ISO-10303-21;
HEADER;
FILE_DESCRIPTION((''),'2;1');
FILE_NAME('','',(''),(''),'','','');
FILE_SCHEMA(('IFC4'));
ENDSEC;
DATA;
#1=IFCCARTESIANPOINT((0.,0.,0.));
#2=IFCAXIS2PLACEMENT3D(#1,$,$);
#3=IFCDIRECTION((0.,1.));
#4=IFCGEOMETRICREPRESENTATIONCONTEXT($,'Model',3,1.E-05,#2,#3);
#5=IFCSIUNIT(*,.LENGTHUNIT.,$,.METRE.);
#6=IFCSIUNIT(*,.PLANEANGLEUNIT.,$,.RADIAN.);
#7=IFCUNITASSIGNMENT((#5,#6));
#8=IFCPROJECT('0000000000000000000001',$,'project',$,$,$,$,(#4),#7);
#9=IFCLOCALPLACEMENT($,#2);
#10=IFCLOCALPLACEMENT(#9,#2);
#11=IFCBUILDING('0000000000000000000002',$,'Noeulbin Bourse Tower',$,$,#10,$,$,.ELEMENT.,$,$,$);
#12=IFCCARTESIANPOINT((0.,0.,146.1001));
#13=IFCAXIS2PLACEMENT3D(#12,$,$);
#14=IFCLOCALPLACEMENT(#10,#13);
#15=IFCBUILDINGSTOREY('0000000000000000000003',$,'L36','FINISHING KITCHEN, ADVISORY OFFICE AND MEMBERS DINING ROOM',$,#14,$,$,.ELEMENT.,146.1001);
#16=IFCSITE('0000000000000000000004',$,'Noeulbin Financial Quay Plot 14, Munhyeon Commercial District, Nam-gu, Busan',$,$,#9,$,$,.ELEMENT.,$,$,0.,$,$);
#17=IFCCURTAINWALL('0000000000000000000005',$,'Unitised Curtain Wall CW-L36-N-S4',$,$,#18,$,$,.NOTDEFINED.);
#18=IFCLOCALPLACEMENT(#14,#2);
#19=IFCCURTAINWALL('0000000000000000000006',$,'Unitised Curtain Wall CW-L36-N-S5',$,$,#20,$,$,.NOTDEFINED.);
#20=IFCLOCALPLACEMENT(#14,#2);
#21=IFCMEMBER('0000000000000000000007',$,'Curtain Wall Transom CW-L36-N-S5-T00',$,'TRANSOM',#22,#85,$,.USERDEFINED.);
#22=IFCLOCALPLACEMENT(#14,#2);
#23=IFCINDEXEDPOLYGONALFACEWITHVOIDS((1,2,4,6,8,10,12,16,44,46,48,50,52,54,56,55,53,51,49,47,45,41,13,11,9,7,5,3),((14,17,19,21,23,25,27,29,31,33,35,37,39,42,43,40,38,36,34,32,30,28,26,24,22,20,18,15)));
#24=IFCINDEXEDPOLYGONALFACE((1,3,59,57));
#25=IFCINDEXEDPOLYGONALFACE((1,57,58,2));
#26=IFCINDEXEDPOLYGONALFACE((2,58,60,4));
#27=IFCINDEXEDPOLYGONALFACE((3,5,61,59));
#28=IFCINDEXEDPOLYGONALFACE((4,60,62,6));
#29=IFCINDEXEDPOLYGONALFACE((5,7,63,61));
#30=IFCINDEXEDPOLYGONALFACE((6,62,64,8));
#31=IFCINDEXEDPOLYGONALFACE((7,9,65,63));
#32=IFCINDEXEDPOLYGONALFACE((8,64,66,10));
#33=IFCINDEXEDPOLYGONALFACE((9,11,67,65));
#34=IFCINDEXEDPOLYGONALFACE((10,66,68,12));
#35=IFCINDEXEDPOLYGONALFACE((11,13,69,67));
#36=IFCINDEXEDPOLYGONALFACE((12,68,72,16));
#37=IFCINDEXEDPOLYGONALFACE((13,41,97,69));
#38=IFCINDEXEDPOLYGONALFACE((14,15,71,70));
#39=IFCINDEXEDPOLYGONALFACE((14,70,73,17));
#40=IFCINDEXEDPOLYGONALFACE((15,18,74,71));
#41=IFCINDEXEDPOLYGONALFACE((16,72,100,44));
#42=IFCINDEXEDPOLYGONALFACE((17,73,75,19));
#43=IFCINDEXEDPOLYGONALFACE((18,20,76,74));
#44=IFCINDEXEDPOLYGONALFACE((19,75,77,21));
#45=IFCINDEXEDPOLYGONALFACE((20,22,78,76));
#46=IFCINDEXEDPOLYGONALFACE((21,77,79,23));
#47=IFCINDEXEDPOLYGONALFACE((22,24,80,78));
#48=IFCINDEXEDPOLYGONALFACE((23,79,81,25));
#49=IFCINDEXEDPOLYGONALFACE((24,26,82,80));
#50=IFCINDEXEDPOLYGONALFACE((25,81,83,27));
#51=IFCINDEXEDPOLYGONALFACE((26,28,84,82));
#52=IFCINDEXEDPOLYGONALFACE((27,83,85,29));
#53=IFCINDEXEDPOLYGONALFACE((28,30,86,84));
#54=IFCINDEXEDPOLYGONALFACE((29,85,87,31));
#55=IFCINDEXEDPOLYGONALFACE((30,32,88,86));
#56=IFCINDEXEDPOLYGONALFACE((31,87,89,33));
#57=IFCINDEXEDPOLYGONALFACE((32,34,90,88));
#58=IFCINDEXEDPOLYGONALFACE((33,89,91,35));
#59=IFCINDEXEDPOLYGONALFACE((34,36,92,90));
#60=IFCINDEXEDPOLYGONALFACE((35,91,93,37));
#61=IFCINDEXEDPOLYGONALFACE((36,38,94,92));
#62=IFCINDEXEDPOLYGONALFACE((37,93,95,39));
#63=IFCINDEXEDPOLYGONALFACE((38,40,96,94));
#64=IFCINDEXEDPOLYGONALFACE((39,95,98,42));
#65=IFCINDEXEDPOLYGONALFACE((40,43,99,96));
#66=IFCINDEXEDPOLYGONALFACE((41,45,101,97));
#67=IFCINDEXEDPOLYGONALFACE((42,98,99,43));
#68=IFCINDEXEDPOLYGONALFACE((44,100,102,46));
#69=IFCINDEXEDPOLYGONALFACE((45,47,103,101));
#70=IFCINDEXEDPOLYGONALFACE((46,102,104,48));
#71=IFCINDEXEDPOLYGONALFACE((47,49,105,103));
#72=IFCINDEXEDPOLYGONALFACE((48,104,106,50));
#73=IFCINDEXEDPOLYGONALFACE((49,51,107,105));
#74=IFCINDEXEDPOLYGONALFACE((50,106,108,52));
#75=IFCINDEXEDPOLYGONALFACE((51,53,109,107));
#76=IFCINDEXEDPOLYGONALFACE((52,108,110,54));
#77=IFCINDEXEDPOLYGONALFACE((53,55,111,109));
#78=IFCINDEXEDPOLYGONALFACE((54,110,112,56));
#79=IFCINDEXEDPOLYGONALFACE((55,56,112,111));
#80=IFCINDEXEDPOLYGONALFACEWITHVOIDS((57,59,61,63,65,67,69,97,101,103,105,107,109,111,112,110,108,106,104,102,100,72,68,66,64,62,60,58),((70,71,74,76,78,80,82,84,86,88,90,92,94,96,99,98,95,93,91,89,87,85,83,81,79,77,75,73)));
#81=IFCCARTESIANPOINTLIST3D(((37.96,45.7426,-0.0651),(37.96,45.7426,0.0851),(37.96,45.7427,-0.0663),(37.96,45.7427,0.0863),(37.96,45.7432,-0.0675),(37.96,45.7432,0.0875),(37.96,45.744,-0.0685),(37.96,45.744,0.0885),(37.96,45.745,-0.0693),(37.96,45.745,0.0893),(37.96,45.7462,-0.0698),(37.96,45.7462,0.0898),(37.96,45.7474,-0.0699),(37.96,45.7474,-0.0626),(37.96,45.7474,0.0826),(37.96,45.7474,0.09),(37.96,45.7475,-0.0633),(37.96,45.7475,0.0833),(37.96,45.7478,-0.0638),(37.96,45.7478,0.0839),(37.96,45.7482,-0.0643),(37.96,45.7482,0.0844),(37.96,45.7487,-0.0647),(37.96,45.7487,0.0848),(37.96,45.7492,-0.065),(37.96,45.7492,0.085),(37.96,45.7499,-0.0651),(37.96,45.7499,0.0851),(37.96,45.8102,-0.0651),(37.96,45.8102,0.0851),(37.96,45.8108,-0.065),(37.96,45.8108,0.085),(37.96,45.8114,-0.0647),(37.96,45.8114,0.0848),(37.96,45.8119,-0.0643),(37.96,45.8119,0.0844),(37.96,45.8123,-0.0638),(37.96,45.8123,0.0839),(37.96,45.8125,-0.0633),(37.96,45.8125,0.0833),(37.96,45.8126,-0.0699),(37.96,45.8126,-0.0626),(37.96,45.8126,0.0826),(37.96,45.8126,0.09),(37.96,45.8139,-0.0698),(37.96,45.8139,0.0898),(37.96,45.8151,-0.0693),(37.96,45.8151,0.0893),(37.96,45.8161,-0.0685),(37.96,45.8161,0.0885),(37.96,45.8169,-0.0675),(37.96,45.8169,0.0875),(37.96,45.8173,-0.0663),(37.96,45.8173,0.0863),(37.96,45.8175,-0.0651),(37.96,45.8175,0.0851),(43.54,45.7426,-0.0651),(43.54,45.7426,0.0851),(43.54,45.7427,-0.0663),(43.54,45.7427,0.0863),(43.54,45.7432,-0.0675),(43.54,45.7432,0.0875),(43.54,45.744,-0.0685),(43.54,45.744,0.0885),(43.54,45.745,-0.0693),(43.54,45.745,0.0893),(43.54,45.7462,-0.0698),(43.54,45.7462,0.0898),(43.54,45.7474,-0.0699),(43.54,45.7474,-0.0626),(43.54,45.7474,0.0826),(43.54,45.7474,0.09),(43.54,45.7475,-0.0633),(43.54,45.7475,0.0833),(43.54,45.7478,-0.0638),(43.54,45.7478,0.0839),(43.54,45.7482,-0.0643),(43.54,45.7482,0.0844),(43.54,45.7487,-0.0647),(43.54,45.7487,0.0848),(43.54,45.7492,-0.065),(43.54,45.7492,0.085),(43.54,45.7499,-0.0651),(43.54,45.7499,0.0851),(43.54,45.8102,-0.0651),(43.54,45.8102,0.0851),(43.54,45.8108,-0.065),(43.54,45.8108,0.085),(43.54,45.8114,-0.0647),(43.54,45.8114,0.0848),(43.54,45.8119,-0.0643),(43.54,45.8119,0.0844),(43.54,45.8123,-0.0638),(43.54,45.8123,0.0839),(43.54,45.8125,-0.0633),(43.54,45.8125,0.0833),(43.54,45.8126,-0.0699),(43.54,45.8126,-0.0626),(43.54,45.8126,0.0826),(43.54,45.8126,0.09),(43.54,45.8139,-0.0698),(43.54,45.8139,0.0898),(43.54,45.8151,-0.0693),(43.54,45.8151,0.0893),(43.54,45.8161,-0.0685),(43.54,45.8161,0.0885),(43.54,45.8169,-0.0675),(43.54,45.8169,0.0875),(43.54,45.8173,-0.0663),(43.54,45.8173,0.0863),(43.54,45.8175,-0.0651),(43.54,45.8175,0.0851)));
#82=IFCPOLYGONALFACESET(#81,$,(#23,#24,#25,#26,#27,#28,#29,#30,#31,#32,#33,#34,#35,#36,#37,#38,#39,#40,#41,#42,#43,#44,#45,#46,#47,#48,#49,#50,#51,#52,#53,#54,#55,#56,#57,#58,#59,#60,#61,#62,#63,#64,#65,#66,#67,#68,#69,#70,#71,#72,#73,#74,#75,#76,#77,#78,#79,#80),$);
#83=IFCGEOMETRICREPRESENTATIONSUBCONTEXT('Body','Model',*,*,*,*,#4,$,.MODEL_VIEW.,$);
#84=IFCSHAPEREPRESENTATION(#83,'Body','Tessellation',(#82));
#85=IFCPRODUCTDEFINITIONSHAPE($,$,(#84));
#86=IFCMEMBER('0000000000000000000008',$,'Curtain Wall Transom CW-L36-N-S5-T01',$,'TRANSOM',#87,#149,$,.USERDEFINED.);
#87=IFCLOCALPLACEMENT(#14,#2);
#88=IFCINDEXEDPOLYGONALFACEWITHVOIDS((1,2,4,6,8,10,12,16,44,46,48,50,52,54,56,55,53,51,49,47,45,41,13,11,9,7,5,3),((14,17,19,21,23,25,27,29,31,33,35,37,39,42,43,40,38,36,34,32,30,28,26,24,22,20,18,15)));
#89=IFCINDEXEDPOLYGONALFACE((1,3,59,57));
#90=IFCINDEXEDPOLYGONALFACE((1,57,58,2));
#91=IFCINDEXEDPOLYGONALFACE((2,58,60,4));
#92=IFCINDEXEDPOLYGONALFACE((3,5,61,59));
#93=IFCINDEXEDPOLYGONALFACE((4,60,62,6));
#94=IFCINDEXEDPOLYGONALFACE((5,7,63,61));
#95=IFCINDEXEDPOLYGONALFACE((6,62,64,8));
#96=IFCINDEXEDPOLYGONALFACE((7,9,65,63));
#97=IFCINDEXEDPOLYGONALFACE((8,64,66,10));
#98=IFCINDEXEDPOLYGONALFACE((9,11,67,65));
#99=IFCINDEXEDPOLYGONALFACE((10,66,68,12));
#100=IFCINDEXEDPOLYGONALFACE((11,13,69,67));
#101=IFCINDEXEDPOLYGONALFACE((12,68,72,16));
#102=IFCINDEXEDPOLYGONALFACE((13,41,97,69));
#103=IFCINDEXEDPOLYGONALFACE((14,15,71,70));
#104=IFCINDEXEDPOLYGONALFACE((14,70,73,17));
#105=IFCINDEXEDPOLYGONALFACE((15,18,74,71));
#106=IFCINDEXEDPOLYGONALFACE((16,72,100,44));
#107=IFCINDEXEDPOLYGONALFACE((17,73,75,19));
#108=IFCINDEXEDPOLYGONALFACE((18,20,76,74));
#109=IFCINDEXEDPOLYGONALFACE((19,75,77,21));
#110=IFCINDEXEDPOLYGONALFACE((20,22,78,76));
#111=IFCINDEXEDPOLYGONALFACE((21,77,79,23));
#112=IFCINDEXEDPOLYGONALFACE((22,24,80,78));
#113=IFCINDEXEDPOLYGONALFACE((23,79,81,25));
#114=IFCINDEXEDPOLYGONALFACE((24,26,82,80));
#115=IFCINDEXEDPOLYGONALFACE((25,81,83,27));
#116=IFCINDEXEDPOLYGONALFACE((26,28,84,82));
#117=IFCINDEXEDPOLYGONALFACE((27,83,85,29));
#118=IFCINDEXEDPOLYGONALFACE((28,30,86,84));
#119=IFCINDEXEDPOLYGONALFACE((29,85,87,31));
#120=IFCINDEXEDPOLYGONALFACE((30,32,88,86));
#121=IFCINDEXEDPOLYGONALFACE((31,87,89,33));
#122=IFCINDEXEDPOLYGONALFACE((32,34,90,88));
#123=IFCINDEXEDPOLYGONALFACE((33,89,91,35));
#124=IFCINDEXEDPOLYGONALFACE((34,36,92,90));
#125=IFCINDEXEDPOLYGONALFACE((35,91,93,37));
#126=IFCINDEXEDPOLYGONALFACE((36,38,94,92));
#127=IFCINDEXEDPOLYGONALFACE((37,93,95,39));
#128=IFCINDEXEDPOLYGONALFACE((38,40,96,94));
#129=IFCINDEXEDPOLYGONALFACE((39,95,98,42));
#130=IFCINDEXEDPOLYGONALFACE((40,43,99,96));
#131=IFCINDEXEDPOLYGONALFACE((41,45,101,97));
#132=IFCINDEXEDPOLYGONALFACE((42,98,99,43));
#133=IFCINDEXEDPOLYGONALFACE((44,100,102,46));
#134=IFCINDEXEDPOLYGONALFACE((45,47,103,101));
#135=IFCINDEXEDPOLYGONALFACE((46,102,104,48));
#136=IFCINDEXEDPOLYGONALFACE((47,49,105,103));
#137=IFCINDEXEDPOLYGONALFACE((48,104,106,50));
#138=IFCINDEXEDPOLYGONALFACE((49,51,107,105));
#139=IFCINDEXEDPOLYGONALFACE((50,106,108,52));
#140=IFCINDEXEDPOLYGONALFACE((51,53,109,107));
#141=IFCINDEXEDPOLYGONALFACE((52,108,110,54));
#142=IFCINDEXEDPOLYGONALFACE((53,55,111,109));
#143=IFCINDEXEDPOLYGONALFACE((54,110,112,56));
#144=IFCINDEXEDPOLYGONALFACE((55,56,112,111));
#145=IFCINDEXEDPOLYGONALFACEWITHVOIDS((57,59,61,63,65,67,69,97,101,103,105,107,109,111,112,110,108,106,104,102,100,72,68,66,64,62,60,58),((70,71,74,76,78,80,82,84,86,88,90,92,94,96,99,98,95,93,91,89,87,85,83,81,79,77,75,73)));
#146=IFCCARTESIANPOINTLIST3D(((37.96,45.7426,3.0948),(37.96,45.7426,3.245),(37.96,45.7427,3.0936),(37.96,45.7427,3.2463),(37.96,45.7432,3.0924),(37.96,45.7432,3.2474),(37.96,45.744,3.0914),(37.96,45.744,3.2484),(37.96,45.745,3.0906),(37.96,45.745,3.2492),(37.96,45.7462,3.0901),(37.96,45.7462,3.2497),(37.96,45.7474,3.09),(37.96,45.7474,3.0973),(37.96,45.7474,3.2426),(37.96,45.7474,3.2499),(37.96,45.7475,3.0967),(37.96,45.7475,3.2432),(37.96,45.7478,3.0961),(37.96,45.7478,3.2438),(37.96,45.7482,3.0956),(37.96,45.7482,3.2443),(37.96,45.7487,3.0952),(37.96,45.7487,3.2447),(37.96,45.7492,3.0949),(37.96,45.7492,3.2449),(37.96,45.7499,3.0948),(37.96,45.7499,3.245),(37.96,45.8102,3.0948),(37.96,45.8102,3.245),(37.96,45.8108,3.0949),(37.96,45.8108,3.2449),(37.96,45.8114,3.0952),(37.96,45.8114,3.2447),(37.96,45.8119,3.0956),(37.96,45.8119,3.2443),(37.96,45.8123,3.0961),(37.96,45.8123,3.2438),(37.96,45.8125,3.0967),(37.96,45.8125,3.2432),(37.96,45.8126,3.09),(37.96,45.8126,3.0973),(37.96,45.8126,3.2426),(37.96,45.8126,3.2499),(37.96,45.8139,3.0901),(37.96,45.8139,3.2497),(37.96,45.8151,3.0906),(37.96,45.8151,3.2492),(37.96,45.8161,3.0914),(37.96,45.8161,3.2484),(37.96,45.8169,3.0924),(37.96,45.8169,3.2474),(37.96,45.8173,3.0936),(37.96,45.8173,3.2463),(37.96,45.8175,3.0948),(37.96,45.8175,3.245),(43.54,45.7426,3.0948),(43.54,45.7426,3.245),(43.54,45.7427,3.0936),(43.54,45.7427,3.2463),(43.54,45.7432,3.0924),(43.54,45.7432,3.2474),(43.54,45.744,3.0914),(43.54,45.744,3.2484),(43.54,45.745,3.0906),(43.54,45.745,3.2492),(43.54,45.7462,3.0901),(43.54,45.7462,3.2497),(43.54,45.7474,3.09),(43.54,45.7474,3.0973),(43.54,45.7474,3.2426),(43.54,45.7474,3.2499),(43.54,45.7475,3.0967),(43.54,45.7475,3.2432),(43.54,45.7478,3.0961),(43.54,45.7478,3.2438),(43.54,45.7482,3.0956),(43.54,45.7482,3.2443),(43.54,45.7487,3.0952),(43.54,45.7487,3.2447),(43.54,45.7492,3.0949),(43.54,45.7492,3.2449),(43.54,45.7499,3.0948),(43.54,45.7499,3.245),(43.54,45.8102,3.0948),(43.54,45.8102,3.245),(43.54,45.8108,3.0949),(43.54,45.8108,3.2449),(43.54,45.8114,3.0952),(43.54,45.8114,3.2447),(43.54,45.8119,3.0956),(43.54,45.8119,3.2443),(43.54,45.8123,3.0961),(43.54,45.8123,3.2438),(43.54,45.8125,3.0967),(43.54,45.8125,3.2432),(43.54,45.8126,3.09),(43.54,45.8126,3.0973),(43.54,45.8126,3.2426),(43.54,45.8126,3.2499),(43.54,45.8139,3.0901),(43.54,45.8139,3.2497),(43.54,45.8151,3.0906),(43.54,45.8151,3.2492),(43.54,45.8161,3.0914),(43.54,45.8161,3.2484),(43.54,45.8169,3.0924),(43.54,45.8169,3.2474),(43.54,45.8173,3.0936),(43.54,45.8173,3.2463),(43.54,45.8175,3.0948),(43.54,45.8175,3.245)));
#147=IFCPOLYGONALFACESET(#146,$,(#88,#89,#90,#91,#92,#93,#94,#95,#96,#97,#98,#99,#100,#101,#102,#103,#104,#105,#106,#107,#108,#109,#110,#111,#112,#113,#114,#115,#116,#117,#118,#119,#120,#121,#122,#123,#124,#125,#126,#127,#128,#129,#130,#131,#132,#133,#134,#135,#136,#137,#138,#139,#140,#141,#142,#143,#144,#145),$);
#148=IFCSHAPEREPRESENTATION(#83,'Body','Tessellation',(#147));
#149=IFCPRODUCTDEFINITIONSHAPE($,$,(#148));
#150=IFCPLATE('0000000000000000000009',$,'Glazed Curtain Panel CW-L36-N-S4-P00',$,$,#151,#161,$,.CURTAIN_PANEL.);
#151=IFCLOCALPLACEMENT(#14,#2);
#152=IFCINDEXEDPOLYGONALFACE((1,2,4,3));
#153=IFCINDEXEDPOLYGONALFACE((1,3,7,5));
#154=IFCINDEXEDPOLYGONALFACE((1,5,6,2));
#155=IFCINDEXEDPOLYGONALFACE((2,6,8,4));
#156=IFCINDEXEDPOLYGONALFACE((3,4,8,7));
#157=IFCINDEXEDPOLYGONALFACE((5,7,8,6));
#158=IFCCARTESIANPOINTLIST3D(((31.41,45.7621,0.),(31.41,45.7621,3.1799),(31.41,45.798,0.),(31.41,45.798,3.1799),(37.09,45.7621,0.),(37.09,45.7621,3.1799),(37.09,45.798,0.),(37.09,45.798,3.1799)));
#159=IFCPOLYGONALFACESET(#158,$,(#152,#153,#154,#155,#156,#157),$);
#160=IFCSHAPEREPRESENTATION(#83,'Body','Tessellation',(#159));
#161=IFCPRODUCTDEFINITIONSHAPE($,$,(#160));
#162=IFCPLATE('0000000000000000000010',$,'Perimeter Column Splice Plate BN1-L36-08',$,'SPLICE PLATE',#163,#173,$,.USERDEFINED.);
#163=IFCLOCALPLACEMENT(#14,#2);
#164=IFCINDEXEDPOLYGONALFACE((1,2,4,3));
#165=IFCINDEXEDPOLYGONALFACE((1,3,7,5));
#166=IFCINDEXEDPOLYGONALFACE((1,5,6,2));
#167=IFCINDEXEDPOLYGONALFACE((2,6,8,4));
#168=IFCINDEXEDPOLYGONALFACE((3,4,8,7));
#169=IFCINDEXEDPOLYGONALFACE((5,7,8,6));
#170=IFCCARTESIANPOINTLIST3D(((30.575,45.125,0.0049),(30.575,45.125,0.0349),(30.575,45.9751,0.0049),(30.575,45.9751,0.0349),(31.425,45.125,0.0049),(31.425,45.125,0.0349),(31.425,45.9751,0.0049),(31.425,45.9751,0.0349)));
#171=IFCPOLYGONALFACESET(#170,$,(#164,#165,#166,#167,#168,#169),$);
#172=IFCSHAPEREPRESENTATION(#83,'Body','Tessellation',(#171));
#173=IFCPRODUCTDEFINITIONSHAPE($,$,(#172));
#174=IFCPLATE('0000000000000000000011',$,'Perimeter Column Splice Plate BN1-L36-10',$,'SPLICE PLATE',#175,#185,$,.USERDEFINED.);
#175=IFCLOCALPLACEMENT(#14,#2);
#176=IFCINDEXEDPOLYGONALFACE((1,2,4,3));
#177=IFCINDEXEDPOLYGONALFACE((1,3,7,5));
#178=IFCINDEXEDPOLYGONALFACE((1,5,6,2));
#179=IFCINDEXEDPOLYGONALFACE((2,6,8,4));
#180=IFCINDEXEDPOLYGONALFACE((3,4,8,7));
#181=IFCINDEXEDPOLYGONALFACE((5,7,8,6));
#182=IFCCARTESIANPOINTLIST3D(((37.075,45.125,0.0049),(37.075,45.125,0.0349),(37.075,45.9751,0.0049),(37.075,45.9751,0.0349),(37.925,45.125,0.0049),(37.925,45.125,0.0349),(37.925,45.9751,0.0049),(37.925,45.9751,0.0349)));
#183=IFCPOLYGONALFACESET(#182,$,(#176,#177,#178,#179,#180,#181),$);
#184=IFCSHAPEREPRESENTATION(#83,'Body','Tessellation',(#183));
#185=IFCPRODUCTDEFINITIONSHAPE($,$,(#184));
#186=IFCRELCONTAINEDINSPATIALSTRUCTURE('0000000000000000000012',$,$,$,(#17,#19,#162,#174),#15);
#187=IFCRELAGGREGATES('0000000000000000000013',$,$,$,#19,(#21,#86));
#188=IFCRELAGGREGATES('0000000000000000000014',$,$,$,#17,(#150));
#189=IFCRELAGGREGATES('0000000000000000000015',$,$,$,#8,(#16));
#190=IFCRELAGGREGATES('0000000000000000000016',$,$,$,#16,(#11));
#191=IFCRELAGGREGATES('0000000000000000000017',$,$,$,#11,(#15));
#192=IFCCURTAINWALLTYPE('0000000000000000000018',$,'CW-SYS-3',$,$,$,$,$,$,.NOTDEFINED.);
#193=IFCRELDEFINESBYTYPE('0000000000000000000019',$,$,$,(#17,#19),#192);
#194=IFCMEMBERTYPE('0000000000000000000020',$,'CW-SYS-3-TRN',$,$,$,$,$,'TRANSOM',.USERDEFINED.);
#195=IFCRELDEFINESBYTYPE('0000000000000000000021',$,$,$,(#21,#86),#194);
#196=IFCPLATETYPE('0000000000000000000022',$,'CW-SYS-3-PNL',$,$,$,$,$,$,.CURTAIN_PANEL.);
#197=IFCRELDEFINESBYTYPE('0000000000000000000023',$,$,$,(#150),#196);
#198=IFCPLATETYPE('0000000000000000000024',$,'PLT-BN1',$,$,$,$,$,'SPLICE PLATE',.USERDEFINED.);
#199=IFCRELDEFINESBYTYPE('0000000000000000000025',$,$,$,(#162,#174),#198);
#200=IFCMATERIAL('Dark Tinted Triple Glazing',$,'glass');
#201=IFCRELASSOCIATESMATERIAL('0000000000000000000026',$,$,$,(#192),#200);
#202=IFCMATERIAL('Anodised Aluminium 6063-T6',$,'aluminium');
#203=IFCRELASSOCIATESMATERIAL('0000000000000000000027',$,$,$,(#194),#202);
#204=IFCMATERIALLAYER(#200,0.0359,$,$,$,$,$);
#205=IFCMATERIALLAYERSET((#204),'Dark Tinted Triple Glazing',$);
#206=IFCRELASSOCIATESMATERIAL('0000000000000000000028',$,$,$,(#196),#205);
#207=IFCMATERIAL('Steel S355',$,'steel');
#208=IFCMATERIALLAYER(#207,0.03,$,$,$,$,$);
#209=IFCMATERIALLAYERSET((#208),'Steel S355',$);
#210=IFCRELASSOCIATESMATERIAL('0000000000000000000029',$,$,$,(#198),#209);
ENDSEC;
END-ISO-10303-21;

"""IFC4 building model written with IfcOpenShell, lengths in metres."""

from ifc_helpers import new_model, si_unit, direction, frame, origin, origin_2d, place, context, subcontext, project, spatial, rectangle, hollow_rectangle, extrude, material, layer, layer_set, material_profile, profile_set, type_object, element, aggregate, save


model = new_model("IFC4")

# Units and contexts
model_context = context("Model", 3, precision=1e-05, world=origin(), true_north=direction((0.0, 1.0)))
body_context = subcontext(model_context, "Body", "Model", "MODEL_VIEW")
ifc_project = project(units=[si_unit("LENGTHUNIT", "METRE"), si_unit("PLANEANGLEUNIT", "RADIAN")], contexts=[model_context])

# Site, building, storey
site_placement = place(None, origin())
site = spatial("IfcSite", under=ifc_project, at=site_placement, Name="Noeulbin Financial Quay Plot 14, Munhyeon Commercial District, Nam-gu, Busan", CompositionType="ELEMENT", RefElevation=0.0)
building_placement = place(site_placement, origin())
building = spatial("IfcBuilding", under=site, at=building_placement, Name="Noeulbin Bourse Tower", CompositionType="ELEMENT")
storey_placement = place(building_placement, frame((0.0, 0.0, 146.1001)))
storey = spatial("IfcBuildingStorey", under=building, at=storey_placement, Name="L36", Description="FINISHING KITCHEN, ADVISORY OFFICE AND MEMBERS DINING ROOM", CompositionType="ELEMENT", Elevation=146.1001)

# Shared definitions
ifc_material_1 = material(Name="Steel S355", Category="steel")

# Shared definitions
ifc_material_2 = material(Name="Dark Tinted Triple Glazing", Category="glass")
curtain_wall_type = type_object("IfcCurtainWallType", Name="CW-SYS-3", PredefinedType="NOTDEFINED", material=ifc_material_2)
ifc_material_3 = material(Name="Anodised Aluminium 6063-T6", Category="aluminium")

# Curtain wall
curtain_wall_1_placement = place(storey_placement, origin())
curtain_wall_1 = element("IfcCurtainWall", 1, at=curtain_wall_1_placement, inside=storey, type_object=curtain_wall_type, Name="Unitised Curtain Wall CW-L36-N-S4", PredefinedType="NOTDEFINED")

# Curtain wall
curtain_wall_2_placement = place(storey_placement, origin())
curtain_wall_2 = element("IfcCurtainWall", 2, at=curtain_wall_2_placement, inside=storey, type_object=curtain_wall_type, Name="Unitised Curtain Wall CW-L36-N-S5", PredefinedType="NOTDEFINED")

# Members
ifc_material_profile_1 = material_profile(ifc_material_3, hollow_rectangle(XDim=0.075, YDim=0.1599, WallThickness=0.0049, InnerFilletRadius=0.0024, OuterFilletRadius=0.0049, at=origin_2d()), Name="ALU-TRAN-75x160x5", Category="LoadBearing")
ifc_profile_set_1 = profile_set([ifc_material_profile_1], Name="Anodised Aluminium 6063-T6")
member_type_1 = type_object("IfcMemberType", Name="CW-SYS-3-TRN", ElementType="TRANSOM", PredefinedType="USERDEFINED", material=ifc_profile_set_1)
member_1_placement = place(storey_placement, frame((37.96, 45.78, 0.01), z_axis=(1.0, 0.0, 0.0), x_axis=(0.0, 1.0, 0.0)))
member_1 = element("IfcMember", 3, at=member_1_placement, type_object=member_type_1, Name="Curtain Wall Transom CW-L36-N-S5-T00", ObjectType="TRANSOM", PredefinedType="USERDEFINED", context=body_context, shape_type="SweptSolid", body=[
    extrude(hollow_rectangle(XDim=0.075, YDim=0.1599, WallThickness=0.0049, InnerFilletRadius=0.0024, OuterFilletRadius=0.0049, at=origin_2d()), origin(), (0.0, 0.0, 1.0), 5.5801),
])
member_2_placement = place(storey_placement, frame((37.96, 45.78, 3.1699), z_axis=(1.0, 0.0, 0.0), x_axis=(0.0, 1.0, 0.0)))
member_2 = element("IfcMember", 4, at=member_2_placement, type_object=member_type_1, Name="Curtain Wall Transom CW-L36-N-S5-T01", ObjectType="TRANSOM", PredefinedType="USERDEFINED", context=body_context, shape_type="SweptSolid", body=[
    extrude(hollow_rectangle(XDim=0.075, YDim=0.1599, WallThickness=0.0049, InnerFilletRadius=0.0024, OuterFilletRadius=0.0049, at=origin_2d()), origin(), (0.0, 0.0, 1.0), 5.5801),
])
aggregate(curtain_wall_2, [member_1, member_2])

# Plate
ifc_layer_1 = layer(ifc_material_2, 0.0359)
ifc_layer_set_1 = layer_set([ifc_layer_1], Name="Dark Tinted Triple Glazing")
plate_type_1 = type_object("IfcPlateType", Name="CW-SYS-3-PNL", PredefinedType="CURTAIN_PANEL", material=ifc_layer_set_1)
plate_placement = place(storey_placement, frame((34.25, 45.78, 0.0), z_axis=(0.0, 0.0, 1.0), x_axis=(1.0, 0.0, 0.0)))
plate = element("IfcPlate", 5, at=plate_placement, type_object=plate_type_1, Name="Glazed Curtain Panel CW-L36-N-S4-P00", PredefinedType="CURTAIN_PANEL", context=body_context, shape_type="SweptSolid", body=[
    extrude(rectangle(XDim=5.6799, YDim=0.0359, at=origin_2d()), origin(), (0.0, 0.0, 1.0), 3.1799),
])
aggregate(curtain_wall_1, [plate])

# Plates
ifc_layer_2 = layer(ifc_material_1, 0.03)
ifc_layer_set_2 = layer_set([ifc_layer_2], Name="Steel S355")
plate_type_2 = type_object("IfcPlateType", Name="PLT-BN1", ElementType="SPLICE PLATE", PredefinedType="USERDEFINED", material=ifc_layer_set_2)
for number, where, z_axis, x_axis, name in (
    (6, (31.0, 45.55, 0.0049), (0.0, 0.0, 1.0), (1.0, 0.0, 0.0), "Perimeter Column Splice Plate BN1-L36-08"),
    (7, (37.5, 45.55, 0.0049), (0.0, 0.0, 1.0), (1.0, 0.0, 0.0), "Perimeter Column Splice Plate BN1-L36-10"),
):
    element("IfcPlate", number, at=place(storey_placement, frame(where, z_axis=z_axis, x_axis=x_axis)), inside=storey, type_object=plate_type_2, Name=name, ObjectType="SPLICE PLATE", PredefinedType="USERDEFINED", context=body_context, shape_type="SweptSolid", body=[
        extrude(rectangle(XDim=0.8501, YDim=0.8501, at=origin_2d()), origin(), (0.0, 0.0, 1.0), 0.03),
    ])

save(model, "model.ifc")
